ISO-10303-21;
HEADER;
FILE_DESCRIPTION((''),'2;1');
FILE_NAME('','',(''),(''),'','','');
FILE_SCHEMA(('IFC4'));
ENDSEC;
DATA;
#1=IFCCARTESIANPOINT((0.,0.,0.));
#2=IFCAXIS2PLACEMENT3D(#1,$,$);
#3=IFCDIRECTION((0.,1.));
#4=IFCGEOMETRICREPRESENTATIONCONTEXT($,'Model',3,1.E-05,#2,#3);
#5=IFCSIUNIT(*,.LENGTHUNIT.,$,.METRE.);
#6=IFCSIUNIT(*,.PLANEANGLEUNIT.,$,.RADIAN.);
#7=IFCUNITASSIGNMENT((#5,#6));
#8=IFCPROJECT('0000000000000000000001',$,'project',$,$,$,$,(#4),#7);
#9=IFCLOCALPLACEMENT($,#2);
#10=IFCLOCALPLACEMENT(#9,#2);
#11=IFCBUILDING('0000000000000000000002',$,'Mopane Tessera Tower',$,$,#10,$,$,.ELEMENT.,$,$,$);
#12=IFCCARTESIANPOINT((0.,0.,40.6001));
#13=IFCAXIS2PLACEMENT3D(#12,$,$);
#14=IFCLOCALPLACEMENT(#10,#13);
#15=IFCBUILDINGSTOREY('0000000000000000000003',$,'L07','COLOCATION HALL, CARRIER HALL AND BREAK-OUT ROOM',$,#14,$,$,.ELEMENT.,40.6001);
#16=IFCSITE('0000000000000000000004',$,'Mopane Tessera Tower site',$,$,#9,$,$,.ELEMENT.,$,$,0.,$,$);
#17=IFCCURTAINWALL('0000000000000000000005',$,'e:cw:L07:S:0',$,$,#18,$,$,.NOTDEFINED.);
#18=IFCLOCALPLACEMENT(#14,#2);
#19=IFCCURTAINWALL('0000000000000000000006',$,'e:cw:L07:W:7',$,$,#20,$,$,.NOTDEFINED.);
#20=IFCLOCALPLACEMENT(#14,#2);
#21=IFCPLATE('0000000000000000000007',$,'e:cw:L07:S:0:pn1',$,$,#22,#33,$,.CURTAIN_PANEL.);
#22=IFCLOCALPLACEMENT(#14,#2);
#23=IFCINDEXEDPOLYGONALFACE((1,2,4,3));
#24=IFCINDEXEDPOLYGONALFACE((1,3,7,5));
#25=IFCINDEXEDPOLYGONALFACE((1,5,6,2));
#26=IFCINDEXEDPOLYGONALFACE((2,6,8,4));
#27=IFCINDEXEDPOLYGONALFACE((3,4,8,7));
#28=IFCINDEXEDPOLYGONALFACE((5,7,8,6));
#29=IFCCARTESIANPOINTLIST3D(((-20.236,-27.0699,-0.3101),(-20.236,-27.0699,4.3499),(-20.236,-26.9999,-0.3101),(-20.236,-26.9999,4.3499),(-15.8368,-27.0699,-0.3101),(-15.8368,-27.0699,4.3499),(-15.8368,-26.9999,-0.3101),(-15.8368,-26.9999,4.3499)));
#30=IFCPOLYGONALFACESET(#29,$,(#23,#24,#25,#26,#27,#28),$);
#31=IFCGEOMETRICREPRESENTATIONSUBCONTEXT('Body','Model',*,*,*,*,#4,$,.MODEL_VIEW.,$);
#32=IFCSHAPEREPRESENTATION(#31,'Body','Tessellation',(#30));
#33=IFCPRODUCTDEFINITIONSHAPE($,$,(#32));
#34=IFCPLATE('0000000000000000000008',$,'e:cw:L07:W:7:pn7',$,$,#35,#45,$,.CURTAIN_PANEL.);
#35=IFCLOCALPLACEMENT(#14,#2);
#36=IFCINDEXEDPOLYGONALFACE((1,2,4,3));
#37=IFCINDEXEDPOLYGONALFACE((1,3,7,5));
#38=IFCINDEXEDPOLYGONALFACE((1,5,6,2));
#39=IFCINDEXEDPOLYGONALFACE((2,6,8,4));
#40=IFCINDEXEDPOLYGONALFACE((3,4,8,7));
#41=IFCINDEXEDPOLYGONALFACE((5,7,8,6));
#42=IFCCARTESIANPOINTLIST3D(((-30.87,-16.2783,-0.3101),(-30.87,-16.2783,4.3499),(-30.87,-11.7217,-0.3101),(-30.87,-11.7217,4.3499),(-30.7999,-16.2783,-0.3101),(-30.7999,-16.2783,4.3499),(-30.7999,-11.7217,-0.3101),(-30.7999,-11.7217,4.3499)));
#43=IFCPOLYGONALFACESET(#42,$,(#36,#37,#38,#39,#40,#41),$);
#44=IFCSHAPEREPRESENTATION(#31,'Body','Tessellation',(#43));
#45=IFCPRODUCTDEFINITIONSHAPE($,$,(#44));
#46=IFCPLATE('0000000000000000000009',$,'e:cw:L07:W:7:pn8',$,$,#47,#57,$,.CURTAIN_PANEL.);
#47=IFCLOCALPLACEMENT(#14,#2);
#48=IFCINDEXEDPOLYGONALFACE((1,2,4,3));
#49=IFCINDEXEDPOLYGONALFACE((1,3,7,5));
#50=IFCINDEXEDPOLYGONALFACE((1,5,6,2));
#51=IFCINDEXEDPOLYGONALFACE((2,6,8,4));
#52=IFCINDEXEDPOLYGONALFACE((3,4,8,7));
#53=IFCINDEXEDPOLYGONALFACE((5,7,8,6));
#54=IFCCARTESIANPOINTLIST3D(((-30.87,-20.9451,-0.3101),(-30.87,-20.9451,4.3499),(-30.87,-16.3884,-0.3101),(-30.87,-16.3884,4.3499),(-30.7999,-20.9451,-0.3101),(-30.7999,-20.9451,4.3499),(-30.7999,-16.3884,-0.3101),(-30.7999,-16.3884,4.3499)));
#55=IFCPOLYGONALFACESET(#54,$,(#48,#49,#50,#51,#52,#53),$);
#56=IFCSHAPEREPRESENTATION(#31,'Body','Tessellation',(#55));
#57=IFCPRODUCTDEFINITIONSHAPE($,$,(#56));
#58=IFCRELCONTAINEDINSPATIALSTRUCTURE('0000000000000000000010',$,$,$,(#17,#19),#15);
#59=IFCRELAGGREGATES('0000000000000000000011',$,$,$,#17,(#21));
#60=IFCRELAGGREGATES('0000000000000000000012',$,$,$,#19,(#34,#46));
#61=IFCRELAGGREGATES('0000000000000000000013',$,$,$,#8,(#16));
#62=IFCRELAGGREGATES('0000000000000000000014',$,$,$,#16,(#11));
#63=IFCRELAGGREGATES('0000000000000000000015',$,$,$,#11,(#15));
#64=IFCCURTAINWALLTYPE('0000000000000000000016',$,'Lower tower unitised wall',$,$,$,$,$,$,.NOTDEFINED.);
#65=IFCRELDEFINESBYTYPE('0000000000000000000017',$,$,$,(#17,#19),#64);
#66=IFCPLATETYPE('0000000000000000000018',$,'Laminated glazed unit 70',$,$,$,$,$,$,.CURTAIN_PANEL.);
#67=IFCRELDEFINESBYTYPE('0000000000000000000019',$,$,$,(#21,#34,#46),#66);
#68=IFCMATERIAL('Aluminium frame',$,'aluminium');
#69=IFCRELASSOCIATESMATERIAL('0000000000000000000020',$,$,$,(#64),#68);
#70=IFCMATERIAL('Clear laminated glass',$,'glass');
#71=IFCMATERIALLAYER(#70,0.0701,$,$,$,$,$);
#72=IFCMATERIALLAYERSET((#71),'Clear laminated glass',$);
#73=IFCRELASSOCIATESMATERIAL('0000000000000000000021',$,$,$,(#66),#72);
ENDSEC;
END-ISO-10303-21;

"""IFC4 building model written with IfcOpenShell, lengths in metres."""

from ifc_helpers import new_model, si_unit, direction, frame, origin, origin_2d, place, context, subcontext, project, spatial, rectangle, extrude, material, layer, layer_set, type_object, element, aggregate, save


model = new_model("IFC4")

# Units and contexts
model_context = context("Model", 3, precision=1e-05, world=origin(), true_north=direction((0.0, 1.0)))
body_context = subcontext(model_context, "Body", "Model", "MODEL_VIEW")
ifc_project = project(units=[si_unit("LENGTHUNIT", "METRE"), si_unit("PLANEANGLEUNIT", "RADIAN")], contexts=[model_context])

# Site, building, storey
site_placement = place(None, origin())
site = spatial("IfcSite", under=ifc_project, at=site_placement, Name="Mopane Tessera Tower site", CompositionType="ELEMENT", RefElevation=0.0)
building_placement = place(site_placement, origin())
building = spatial("IfcBuilding", under=site, at=building_placement, Name="Mopane Tessera Tower", CompositionType="ELEMENT")
storey_placement = place(building_placement, frame((0.0, 0.0, 40.6001)))
storey = spatial("IfcBuildingStorey", under=building, at=storey_placement, Name="L07", Description="COLOCATION HALL, CARRIER HALL AND BREAK-OUT ROOM", CompositionType="ELEMENT", Elevation=40.6001)

# Curtain walls
ifc_material_1 = material(Name="Aluminium frame", Category="aluminium")
curtain_wall_type = type_object("IfcCurtainWallType", Name="Lower tower unitised wall", PredefinedType="NOTDEFINED", material=ifc_material_1)
curtain_wall_1_placement = place(storey_placement, origin())
curtain_wall_1 = element("IfcCurtainWall", 1, at=curtain_wall_1_placement, inside=storey, type_object=curtain_wall_type, Name="e:cw:L07:S:0", PredefinedType="NOTDEFINED")
curtain_wall_2_placement = place(storey_placement, origin())
curtain_wall_2 = element("IfcCurtainWall", 2, at=curtain_wall_2_placement, inside=storey, type_object=curtain_wall_type, Name="e:cw:L07:W:7", PredefinedType="NOTDEFINED")

# Plates
ifc_material_2 = material(Name="Clear laminated glass", Category="glass")
ifc_layer = layer(ifc_material_2, 0.0701)
ifc_layer_set = layer_set([ifc_layer], Name="Clear laminated glass")
plate_type = type_object("IfcPlateType", Name="Laminated glazed unit 70", PredefinedType="CURTAIN_PANEL", material=ifc_layer_set)
plate_1_placement = place(storey_placement, frame((-18.0364, -27.0349, -0.3101), z_axis=(0.0, 0.0, 1.0), x_axis=(1.0, 0.0, 0.0)))
plate_1 = element("IfcPlate", 3, at=plate_1_placement, type_object=plate_type, Name="e:cw:L07:S:0:pn1", PredefinedType="CURTAIN_PANEL", context=body_context, shape_type="SweptSolid", body=[
    extrude(rectangle(XDim=4.3992, YDim=0.0701, at=origin_2d()), origin(), (0.0, 0.0, 1.0), 4.6599),
])
aggregate(curtain_wall_1, [plate_1])
plate_2_placement = place(storey_placement, frame((-30.835, -14.0, -0.3101), z_axis=(0.0, 0.0, 1.0), x_axis=(0.0, -1.0, 0.0)))
plate_2 = element("IfcPlate", 4, at=plate_2_placement, type_object=plate_type, Name="e:cw:L07:W:7:pn7", PredefinedType="CURTAIN_PANEL", context=body_context, shape_type="SweptSolid", body=[
    extrude(rectangle(XDim=4.5566, YDim=0.0701, at=origin_2d()), origin(), (0.0, 0.0, 1.0), 4.6599),
])
plate_3_placement = place(storey_placement, frame((-30.835, -18.6667, -0.3101), z_axis=(0.0, 0.0, 1.0), x_axis=(0.0, -1.0, 0.0)))
plate_3 = element("IfcPlate", 5, at=plate_3_placement, type_object=plate_type, Name="e:cw:L07:W:7:pn8", PredefinedType="CURTAIN_PANEL", context=body_context, shape_type="SweptSolid", body=[
    extrude(rectangle(XDim=4.5566, YDim=0.0701, at=origin_2d()), origin(), (0.0, 0.0, 1.0), 4.6599),
])
aggregate(curtain_wall_2, [plate_2, plate_3])

save(model, "model.ifc")
